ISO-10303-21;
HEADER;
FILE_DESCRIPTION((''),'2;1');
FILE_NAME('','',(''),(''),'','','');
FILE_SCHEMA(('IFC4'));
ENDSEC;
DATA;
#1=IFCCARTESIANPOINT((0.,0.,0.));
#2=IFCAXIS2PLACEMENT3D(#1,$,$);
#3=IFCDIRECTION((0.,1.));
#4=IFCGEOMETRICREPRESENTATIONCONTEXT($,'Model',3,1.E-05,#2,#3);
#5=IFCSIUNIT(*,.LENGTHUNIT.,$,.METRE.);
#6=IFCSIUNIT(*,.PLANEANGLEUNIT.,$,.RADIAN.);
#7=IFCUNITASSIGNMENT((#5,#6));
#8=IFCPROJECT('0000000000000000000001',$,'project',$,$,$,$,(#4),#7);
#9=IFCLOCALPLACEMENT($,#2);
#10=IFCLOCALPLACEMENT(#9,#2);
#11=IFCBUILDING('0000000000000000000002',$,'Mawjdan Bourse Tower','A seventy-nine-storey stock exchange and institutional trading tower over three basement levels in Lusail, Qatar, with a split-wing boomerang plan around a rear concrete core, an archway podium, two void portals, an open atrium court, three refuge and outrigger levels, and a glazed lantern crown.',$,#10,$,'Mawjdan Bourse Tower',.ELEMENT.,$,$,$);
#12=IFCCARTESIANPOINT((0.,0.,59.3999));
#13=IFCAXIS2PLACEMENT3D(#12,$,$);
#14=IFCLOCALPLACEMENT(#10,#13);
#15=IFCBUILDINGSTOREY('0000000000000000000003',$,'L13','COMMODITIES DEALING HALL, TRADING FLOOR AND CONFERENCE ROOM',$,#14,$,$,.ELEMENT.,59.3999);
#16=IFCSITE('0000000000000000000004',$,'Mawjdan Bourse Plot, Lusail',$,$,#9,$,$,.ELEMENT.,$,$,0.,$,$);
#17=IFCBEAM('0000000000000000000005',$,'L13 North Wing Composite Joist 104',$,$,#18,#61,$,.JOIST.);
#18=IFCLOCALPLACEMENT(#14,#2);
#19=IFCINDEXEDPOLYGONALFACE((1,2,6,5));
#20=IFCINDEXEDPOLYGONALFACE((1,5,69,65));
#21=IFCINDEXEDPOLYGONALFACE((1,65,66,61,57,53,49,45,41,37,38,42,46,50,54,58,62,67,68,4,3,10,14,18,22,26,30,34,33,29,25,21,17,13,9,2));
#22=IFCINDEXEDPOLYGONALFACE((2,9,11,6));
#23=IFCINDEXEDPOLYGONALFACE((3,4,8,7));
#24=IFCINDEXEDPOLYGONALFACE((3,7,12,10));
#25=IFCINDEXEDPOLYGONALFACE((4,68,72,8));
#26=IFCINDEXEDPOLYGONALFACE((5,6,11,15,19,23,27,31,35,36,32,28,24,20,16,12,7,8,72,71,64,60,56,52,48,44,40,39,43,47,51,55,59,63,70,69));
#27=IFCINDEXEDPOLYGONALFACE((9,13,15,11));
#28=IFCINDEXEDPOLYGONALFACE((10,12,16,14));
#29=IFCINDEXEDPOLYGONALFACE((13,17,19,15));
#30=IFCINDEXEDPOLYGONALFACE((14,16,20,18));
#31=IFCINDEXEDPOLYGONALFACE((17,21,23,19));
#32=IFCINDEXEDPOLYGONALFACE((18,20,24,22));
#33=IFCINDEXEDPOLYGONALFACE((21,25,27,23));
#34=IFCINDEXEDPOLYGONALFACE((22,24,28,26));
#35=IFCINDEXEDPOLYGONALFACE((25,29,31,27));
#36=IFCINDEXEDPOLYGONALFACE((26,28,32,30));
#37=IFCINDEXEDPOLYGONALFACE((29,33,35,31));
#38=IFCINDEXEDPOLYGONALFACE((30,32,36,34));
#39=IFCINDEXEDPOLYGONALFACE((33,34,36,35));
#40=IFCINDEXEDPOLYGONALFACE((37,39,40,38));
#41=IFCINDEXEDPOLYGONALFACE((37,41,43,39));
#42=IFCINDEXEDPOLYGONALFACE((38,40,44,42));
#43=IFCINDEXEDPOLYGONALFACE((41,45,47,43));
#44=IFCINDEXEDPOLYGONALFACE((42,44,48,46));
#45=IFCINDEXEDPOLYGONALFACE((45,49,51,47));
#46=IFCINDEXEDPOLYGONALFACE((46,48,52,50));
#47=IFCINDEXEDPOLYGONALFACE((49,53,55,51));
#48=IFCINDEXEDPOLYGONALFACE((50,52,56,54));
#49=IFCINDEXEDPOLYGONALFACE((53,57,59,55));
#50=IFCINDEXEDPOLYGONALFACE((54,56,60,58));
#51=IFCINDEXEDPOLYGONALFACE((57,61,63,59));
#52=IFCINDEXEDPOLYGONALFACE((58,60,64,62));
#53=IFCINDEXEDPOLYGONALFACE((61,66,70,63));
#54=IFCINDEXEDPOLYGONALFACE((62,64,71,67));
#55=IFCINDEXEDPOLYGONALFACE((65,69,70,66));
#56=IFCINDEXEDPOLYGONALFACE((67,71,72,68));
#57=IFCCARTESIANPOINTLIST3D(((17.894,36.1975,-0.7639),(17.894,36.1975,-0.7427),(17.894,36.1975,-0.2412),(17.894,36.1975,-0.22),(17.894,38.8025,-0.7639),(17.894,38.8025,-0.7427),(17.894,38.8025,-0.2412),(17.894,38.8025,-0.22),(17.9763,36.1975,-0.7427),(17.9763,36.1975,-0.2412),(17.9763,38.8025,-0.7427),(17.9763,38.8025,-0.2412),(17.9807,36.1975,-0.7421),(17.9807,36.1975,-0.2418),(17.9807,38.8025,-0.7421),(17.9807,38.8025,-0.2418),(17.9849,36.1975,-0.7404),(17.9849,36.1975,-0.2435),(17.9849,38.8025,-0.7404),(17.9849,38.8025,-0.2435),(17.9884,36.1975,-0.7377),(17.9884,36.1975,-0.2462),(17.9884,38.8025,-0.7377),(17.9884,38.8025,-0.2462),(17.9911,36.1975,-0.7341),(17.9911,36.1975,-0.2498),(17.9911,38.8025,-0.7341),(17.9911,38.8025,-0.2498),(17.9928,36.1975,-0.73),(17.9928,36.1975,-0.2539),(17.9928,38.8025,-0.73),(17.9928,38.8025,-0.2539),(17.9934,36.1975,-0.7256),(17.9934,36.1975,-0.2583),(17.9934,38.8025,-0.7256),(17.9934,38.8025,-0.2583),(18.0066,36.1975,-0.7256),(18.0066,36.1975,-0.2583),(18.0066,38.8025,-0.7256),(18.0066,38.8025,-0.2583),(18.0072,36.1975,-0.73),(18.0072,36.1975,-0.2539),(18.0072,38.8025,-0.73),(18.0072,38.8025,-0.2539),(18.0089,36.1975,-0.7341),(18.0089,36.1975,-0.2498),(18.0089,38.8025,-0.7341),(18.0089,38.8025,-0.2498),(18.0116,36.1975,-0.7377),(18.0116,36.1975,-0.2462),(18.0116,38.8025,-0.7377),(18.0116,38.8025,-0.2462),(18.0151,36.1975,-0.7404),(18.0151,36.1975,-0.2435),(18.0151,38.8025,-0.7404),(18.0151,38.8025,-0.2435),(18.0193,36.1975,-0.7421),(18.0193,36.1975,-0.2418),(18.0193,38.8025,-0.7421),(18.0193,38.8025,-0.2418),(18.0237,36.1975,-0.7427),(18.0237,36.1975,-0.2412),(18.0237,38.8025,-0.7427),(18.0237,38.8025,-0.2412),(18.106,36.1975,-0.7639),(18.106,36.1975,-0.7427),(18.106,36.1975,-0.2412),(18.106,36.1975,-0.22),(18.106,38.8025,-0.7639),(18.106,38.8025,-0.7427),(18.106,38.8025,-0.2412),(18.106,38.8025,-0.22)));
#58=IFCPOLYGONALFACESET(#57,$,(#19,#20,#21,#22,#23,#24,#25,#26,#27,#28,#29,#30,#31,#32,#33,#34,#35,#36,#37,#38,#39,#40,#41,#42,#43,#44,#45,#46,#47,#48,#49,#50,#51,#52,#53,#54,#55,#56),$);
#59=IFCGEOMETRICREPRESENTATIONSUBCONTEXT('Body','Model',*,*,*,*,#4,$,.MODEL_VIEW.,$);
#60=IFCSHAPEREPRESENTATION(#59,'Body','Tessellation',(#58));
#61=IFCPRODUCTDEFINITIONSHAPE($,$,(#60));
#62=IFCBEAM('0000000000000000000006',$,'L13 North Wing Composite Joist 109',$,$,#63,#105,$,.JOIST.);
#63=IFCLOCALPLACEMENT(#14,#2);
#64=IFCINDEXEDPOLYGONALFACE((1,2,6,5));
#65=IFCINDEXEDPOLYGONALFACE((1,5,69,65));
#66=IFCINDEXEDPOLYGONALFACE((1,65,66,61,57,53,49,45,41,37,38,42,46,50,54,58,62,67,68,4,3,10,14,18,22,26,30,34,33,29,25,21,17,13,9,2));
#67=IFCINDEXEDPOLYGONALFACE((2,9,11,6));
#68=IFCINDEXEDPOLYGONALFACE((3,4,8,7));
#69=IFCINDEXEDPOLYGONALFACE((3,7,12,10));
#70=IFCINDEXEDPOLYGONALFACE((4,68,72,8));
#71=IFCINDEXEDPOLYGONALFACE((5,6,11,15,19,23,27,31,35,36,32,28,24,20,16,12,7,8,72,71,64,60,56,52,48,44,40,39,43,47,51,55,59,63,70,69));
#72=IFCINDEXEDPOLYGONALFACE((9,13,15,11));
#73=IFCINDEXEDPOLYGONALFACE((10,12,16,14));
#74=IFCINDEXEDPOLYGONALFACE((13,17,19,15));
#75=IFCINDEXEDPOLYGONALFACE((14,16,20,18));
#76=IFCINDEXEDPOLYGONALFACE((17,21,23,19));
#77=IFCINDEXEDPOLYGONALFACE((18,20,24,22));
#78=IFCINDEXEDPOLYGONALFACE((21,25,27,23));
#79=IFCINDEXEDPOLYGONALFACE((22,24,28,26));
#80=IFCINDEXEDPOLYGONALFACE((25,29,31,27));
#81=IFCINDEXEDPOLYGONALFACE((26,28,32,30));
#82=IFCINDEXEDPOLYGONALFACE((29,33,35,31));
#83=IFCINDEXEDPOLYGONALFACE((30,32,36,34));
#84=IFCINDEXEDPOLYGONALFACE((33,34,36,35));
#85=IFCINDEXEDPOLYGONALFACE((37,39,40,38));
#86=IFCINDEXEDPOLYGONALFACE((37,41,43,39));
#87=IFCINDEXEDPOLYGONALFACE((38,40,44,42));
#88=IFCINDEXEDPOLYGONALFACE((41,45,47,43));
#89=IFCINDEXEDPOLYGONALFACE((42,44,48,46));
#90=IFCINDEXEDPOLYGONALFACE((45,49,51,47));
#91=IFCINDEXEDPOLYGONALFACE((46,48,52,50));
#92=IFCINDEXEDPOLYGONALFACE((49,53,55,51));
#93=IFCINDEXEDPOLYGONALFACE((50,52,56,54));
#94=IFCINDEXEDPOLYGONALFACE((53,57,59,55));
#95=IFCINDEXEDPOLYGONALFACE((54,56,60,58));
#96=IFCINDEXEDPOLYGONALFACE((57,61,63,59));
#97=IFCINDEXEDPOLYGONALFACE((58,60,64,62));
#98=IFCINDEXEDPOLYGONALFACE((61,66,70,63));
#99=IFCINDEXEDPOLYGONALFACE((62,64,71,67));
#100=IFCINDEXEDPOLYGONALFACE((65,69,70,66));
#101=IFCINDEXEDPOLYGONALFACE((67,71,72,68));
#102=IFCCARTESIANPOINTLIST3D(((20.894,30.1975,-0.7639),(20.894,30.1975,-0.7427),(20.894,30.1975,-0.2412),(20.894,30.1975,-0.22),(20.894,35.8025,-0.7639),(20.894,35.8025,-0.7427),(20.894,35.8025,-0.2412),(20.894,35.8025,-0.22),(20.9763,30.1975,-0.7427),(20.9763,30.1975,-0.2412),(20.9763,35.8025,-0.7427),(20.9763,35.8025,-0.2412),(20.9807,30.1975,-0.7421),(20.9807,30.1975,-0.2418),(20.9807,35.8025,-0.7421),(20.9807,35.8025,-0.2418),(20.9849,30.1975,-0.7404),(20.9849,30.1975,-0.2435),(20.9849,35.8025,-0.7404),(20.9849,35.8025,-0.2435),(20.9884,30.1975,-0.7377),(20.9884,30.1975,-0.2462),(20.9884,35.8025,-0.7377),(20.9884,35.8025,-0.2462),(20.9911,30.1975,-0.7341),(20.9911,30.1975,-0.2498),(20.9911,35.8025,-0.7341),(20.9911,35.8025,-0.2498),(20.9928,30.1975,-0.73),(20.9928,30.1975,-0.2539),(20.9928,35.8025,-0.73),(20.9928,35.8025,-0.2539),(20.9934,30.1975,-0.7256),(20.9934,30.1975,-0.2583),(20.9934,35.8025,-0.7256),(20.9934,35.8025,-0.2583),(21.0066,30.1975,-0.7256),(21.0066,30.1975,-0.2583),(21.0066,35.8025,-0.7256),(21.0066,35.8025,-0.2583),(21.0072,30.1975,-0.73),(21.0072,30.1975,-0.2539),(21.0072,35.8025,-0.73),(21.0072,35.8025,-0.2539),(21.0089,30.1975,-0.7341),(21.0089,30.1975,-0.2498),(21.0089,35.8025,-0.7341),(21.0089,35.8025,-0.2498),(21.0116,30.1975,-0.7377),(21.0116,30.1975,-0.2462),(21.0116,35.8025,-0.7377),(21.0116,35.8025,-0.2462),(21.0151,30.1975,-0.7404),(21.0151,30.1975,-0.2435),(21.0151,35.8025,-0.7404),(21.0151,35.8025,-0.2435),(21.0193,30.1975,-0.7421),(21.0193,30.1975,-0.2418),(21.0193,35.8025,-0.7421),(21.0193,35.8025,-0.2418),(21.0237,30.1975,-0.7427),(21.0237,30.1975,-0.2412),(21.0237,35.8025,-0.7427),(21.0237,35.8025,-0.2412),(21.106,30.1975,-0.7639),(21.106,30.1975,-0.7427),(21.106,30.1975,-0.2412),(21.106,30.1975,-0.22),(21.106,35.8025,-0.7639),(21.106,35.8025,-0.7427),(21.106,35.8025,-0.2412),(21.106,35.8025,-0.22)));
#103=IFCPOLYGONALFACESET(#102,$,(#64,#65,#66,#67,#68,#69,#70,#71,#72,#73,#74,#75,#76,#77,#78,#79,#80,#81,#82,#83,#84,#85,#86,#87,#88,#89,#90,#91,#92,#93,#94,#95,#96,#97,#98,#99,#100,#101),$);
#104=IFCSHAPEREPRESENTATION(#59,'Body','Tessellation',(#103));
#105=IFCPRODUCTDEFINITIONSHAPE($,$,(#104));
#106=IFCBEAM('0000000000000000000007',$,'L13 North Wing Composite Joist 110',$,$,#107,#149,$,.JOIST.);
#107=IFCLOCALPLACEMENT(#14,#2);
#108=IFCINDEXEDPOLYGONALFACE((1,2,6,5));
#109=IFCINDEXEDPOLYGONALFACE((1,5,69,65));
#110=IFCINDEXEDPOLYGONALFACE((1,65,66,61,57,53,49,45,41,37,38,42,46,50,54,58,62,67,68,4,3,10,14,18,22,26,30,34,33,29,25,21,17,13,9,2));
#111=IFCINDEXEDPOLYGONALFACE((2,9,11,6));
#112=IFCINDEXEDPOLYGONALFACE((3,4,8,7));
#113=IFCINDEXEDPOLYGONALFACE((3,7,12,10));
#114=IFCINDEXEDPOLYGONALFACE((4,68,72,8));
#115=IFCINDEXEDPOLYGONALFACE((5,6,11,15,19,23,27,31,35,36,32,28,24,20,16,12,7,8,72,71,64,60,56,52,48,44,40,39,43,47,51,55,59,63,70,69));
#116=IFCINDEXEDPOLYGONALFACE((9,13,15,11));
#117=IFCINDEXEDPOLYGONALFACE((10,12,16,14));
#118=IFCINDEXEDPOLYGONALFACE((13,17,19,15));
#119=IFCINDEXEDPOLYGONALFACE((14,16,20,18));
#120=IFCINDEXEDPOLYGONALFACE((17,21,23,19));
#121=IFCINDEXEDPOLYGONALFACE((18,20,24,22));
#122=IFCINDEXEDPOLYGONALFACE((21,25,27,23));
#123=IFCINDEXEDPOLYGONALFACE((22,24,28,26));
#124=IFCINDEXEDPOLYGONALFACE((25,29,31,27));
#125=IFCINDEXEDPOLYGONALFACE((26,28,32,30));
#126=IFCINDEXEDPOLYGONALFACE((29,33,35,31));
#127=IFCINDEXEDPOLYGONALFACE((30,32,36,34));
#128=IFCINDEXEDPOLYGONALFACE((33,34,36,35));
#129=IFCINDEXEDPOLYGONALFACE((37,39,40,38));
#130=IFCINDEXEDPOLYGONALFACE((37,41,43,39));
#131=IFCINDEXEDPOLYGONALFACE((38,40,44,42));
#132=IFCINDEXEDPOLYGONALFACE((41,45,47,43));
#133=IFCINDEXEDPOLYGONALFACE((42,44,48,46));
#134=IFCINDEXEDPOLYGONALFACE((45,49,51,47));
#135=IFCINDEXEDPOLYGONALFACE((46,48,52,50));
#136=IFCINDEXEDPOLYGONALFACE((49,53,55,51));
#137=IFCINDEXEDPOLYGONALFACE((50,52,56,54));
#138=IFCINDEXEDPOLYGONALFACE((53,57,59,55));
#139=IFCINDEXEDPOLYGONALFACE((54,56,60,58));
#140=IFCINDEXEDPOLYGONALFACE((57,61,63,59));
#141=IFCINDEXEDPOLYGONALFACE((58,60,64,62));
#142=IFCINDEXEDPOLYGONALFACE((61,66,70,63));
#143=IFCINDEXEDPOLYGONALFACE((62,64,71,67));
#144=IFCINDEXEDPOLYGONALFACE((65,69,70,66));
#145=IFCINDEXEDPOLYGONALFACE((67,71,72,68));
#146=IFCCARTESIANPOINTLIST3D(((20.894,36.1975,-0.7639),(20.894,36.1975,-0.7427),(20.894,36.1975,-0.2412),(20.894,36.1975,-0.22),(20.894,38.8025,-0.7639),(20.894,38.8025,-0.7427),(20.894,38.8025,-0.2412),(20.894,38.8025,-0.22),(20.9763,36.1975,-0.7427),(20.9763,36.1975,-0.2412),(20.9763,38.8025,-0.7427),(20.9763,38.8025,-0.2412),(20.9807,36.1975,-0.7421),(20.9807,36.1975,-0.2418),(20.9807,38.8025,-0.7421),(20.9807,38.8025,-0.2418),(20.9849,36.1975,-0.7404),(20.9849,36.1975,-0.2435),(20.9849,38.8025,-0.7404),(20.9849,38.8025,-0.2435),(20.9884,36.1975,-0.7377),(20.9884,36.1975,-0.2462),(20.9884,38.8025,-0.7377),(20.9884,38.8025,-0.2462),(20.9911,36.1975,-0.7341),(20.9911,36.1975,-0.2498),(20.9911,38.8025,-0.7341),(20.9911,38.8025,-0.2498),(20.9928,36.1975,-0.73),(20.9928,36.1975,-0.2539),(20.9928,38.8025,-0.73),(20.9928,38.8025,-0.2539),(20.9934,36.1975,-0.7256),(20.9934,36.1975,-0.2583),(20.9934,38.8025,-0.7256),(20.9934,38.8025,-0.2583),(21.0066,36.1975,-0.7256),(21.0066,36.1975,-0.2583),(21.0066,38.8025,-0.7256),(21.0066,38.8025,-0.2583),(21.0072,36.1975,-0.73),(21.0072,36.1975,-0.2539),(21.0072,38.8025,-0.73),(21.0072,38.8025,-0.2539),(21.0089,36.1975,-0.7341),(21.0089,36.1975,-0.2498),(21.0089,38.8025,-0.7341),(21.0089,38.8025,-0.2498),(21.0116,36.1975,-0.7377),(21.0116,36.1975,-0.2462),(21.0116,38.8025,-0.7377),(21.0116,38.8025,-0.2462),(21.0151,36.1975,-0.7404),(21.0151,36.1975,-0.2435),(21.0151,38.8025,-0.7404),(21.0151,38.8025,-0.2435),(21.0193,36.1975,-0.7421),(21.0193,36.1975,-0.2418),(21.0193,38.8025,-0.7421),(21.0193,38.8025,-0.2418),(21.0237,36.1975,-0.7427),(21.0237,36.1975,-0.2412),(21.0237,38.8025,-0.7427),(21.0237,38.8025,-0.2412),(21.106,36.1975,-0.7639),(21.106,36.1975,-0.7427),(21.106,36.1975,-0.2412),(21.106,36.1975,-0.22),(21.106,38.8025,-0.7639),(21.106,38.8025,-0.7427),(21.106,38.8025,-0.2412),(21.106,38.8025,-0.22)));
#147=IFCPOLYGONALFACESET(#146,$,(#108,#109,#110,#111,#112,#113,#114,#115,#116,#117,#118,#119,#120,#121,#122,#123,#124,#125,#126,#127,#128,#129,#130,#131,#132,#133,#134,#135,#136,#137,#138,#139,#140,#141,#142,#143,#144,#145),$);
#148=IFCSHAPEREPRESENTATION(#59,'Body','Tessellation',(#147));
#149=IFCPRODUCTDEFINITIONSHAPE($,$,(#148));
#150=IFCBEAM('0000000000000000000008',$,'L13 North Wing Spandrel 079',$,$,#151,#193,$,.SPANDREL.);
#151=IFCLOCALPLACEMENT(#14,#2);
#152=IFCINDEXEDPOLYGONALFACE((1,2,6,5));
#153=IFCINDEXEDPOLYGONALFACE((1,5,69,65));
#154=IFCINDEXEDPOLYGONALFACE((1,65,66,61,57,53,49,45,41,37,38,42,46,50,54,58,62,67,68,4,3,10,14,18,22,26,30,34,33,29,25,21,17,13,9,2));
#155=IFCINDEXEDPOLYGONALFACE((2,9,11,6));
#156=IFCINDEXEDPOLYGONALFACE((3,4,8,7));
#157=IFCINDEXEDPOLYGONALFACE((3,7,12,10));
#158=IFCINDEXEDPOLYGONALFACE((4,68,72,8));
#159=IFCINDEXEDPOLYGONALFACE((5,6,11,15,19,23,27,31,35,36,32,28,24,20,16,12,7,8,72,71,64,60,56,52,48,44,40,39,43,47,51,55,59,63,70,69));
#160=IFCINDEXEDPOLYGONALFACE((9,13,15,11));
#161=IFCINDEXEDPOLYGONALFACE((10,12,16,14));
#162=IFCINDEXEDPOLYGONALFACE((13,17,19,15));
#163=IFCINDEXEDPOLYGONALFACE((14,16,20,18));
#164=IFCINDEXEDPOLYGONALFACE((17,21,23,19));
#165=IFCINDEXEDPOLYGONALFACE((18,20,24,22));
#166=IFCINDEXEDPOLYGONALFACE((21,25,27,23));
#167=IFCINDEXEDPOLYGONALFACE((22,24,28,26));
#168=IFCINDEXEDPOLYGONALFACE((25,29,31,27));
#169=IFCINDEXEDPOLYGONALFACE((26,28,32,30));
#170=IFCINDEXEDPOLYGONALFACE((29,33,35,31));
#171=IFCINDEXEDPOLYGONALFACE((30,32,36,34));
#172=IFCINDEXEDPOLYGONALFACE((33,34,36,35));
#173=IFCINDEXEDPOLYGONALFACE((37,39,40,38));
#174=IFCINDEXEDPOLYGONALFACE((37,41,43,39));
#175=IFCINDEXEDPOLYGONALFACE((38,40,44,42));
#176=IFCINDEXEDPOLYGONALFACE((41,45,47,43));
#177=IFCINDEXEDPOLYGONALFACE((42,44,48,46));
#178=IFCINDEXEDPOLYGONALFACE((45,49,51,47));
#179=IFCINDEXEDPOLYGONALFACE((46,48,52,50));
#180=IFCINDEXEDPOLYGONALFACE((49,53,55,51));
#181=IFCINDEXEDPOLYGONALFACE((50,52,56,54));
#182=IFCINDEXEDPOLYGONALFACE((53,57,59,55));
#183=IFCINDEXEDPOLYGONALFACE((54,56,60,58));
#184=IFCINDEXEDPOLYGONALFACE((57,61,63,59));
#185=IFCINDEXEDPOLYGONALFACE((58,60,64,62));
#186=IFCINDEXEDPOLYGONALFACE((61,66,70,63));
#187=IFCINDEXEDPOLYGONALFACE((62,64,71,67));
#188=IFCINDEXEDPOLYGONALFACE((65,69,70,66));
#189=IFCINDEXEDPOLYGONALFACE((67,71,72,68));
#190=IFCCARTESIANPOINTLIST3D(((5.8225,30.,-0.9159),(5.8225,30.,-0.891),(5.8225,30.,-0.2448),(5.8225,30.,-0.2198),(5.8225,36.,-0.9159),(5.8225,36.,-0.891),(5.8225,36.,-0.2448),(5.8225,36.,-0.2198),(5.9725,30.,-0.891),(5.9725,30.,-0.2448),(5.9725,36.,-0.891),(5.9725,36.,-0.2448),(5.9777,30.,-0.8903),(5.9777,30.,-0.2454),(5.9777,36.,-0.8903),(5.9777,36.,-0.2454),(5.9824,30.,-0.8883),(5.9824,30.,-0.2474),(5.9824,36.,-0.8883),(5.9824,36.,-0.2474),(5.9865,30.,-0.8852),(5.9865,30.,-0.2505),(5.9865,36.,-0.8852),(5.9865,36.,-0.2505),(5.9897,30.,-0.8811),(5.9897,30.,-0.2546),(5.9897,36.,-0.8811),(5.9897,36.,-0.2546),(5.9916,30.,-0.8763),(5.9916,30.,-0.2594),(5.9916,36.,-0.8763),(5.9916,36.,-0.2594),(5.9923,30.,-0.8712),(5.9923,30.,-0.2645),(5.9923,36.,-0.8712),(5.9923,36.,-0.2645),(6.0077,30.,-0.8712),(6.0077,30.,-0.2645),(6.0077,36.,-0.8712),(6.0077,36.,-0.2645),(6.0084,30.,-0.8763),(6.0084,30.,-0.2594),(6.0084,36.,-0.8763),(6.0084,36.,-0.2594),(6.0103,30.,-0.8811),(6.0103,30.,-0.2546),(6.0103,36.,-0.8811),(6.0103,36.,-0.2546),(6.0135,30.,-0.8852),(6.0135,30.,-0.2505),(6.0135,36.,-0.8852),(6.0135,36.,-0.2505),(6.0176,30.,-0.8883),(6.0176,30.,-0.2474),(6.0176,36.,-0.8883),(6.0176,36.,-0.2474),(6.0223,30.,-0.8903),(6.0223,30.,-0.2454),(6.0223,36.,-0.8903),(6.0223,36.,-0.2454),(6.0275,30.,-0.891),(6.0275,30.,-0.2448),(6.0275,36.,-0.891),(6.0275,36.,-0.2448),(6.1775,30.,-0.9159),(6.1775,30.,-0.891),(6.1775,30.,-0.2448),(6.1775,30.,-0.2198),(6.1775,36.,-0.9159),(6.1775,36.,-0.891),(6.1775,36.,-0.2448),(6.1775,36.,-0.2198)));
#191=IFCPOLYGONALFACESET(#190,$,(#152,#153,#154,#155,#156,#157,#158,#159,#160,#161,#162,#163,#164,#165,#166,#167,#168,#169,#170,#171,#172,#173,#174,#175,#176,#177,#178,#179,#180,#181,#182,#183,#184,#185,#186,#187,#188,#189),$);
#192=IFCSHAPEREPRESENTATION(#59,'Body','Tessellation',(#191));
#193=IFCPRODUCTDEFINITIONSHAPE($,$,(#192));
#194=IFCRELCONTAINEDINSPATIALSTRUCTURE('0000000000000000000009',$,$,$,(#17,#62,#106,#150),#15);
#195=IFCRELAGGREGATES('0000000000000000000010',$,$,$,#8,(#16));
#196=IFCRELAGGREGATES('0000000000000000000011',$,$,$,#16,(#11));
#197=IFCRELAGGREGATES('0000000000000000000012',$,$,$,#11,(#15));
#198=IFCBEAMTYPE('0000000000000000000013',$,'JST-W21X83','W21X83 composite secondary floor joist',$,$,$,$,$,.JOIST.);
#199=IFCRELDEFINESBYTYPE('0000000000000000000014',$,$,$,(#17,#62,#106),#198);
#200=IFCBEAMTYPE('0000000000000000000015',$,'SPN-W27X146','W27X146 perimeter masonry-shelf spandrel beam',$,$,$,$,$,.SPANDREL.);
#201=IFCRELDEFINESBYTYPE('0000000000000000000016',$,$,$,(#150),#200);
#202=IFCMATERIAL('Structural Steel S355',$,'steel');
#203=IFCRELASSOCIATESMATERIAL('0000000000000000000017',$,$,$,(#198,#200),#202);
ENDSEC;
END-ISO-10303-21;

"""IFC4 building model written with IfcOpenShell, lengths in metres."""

from ifc_helpers import new_model, si_unit, direction, frame, origin, origin_2d, place, context, subcontext, project, spatial, i_section, extrude, material, material_profile, profile_set, type_object, element, save


model = new_model("IFC4")

# Units and contexts
model_context = context("Model", 3, precision=1e-05, world=origin(), true_north=direction((0.0, 1.0)))
body_context = subcontext(model_context, "Body", "Model", "MODEL_VIEW")
ifc_project = project(units=[si_unit("LENGTHUNIT", "METRE"), si_unit("PLANEANGLEUNIT", "RADIAN")], contexts=[model_context])

# Site, building, storey
site_placement = place(None, origin())
site = spatial("IfcSite", under=ifc_project, at=site_placement, Name="Mawjdan Bourse Plot, Lusail", CompositionType="ELEMENT", RefElevation=0.0)
building_placement = place(site_placement, origin())
building = spatial("IfcBuilding", under=site, at=building_placement, Name="Mawjdan Bourse Tower", Description="A seventy-nine-storey stock exchange and institutional trading tower over three basement levels in Lusail, Qatar, with a split-wing boomerang plan around a rear concrete core, an archway podium, two void portals, an open atrium court, three refuge and outrigger levels, and a glazed lantern crown.", LongName="Mawjdan Bourse Tower", CompositionType="ELEMENT")
storey_placement = place(building_placement, frame((0.0, 0.0, 59.3999)))
storey = spatial("IfcBuildingStorey", under=building, at=storey_placement, Name="L13", Description="COMMODITIES DEALING HALL, TRADING FLOOR AND CONFERENCE ROOM", CompositionType="ELEMENT", Elevation=59.3999)

# Beams
ifc_material_1 = material(Name="Structural Steel S355", Category="steel")
ifc_material_profile_1 = material_profile(ifc_material_1, i_section(OverallWidth=0.2119, OverallDepth=0.5439, WebThickness=0.0132, FlangeThickness=0.0212, FilletRadius=0.0171, at=origin_2d()), Name="W21X83")
ifc_profile_set_1 = profile_set([ifc_material_profile_1], Name="Structural Steel S355")
beam_type_1 = type_object("IfcBeamType", Name="JST-W21X83", Description="W21X83 composite secondary floor joist", PredefinedType="JOIST", material=ifc_profile_set_1)
beam_1_placement = place(storey_placement, frame((18.0, 36.1975, -0.4919), z_axis=(0.0, 1.0, 0.0), x_axis=(-1.0, 0.0, 0.0)))
element("IfcBeam", 1, at=beam_1_placement, inside=storey, type_object=beam_type_1, Name="L13 North Wing Composite Joist 104", PredefinedType="JOIST", context=body_context, shape_type="SweptSolid", body=[
    extrude(i_section(OverallWidth=0.2119, OverallDepth=0.5439, WebThickness=0.0132, FlangeThickness=0.0212, FilletRadius=0.0171, at=origin_2d()), origin(), (0.0, 0.0, 1.0), 2.605),
])
beam_2_placement = place(storey_placement, frame((21.0, 30.1975, -0.4919), z_axis=(0.0, 1.0, 0.0), x_axis=(-1.0, 0.0, 0.0)))
element("IfcBeam", 2, at=beam_2_placement, inside=storey, type_object=beam_type_1, Name="L13 North Wing Composite Joist 109", PredefinedType="JOIST", context=body_context, shape_type="SweptSolid", body=[
    extrude(i_section(OverallWidth=0.2119, OverallDepth=0.5439, WebThickness=0.0132, FlangeThickness=0.0212, FilletRadius=0.0171, at=origin_2d()), origin(), (0.0, 0.0, 1.0), 5.605),
])
beam_3_placement = place(storey_placement, frame((21.0, 36.1975, -0.4919), z_axis=(0.0, 1.0, 0.0), x_axis=(-1.0, 0.0, 0.0)))
element("IfcBeam", 3, at=beam_3_placement, inside=storey, type_object=beam_type_1, Name="L13 North Wing Composite Joist 110", PredefinedType="JOIST", context=body_context, shape_type="SweptSolid", body=[
    extrude(i_section(OverallWidth=0.2119, OverallDepth=0.5439, WebThickness=0.0132, FlangeThickness=0.0212, FilletRadius=0.0171, at=origin_2d()), origin(), (0.0, 0.0, 1.0), 2.605),
])
ifc_material_profile_2 = material_profile(ifc_material_1, i_section(OverallWidth=0.355, OverallDepth=0.696, WebThickness=0.0154, FlangeThickness=0.0249, FilletRadius=0.0198, at=origin_2d()), Name="W27X146")
ifc_profile_set_2 = profile_set([ifc_material_profile_2], Name="Structural Steel S355")
beam_type_2 = type_object("IfcBeamType", Name="SPN-W27X146", Description="W27X146 perimeter masonry-shelf spandrel beam", PredefinedType="SPANDREL", material=ifc_profile_set_2)
beam_4_placement = place(storey_placement, frame((6.0, 30.0, -0.5679), z_axis=(0.0, 1.0, 0.0), x_axis=(-1.0, 0.0, 0.0)))
element("IfcBeam", 4, at=beam_4_placement, inside=storey, type_object=beam_type_2, Name="L13 North Wing Spandrel 079", PredefinedType="SPANDREL", context=body_context, shape_type="SweptSolid", body=[
    extrude(i_section(OverallWidth=0.355, OverallDepth=0.696, WebThickness=0.0154, FlangeThickness=0.0249, FilletRadius=0.0198, at=origin_2d()), origin(), (0.0, 0.0, 1.0), 6.0),
])

save(model, "model.ifc")
